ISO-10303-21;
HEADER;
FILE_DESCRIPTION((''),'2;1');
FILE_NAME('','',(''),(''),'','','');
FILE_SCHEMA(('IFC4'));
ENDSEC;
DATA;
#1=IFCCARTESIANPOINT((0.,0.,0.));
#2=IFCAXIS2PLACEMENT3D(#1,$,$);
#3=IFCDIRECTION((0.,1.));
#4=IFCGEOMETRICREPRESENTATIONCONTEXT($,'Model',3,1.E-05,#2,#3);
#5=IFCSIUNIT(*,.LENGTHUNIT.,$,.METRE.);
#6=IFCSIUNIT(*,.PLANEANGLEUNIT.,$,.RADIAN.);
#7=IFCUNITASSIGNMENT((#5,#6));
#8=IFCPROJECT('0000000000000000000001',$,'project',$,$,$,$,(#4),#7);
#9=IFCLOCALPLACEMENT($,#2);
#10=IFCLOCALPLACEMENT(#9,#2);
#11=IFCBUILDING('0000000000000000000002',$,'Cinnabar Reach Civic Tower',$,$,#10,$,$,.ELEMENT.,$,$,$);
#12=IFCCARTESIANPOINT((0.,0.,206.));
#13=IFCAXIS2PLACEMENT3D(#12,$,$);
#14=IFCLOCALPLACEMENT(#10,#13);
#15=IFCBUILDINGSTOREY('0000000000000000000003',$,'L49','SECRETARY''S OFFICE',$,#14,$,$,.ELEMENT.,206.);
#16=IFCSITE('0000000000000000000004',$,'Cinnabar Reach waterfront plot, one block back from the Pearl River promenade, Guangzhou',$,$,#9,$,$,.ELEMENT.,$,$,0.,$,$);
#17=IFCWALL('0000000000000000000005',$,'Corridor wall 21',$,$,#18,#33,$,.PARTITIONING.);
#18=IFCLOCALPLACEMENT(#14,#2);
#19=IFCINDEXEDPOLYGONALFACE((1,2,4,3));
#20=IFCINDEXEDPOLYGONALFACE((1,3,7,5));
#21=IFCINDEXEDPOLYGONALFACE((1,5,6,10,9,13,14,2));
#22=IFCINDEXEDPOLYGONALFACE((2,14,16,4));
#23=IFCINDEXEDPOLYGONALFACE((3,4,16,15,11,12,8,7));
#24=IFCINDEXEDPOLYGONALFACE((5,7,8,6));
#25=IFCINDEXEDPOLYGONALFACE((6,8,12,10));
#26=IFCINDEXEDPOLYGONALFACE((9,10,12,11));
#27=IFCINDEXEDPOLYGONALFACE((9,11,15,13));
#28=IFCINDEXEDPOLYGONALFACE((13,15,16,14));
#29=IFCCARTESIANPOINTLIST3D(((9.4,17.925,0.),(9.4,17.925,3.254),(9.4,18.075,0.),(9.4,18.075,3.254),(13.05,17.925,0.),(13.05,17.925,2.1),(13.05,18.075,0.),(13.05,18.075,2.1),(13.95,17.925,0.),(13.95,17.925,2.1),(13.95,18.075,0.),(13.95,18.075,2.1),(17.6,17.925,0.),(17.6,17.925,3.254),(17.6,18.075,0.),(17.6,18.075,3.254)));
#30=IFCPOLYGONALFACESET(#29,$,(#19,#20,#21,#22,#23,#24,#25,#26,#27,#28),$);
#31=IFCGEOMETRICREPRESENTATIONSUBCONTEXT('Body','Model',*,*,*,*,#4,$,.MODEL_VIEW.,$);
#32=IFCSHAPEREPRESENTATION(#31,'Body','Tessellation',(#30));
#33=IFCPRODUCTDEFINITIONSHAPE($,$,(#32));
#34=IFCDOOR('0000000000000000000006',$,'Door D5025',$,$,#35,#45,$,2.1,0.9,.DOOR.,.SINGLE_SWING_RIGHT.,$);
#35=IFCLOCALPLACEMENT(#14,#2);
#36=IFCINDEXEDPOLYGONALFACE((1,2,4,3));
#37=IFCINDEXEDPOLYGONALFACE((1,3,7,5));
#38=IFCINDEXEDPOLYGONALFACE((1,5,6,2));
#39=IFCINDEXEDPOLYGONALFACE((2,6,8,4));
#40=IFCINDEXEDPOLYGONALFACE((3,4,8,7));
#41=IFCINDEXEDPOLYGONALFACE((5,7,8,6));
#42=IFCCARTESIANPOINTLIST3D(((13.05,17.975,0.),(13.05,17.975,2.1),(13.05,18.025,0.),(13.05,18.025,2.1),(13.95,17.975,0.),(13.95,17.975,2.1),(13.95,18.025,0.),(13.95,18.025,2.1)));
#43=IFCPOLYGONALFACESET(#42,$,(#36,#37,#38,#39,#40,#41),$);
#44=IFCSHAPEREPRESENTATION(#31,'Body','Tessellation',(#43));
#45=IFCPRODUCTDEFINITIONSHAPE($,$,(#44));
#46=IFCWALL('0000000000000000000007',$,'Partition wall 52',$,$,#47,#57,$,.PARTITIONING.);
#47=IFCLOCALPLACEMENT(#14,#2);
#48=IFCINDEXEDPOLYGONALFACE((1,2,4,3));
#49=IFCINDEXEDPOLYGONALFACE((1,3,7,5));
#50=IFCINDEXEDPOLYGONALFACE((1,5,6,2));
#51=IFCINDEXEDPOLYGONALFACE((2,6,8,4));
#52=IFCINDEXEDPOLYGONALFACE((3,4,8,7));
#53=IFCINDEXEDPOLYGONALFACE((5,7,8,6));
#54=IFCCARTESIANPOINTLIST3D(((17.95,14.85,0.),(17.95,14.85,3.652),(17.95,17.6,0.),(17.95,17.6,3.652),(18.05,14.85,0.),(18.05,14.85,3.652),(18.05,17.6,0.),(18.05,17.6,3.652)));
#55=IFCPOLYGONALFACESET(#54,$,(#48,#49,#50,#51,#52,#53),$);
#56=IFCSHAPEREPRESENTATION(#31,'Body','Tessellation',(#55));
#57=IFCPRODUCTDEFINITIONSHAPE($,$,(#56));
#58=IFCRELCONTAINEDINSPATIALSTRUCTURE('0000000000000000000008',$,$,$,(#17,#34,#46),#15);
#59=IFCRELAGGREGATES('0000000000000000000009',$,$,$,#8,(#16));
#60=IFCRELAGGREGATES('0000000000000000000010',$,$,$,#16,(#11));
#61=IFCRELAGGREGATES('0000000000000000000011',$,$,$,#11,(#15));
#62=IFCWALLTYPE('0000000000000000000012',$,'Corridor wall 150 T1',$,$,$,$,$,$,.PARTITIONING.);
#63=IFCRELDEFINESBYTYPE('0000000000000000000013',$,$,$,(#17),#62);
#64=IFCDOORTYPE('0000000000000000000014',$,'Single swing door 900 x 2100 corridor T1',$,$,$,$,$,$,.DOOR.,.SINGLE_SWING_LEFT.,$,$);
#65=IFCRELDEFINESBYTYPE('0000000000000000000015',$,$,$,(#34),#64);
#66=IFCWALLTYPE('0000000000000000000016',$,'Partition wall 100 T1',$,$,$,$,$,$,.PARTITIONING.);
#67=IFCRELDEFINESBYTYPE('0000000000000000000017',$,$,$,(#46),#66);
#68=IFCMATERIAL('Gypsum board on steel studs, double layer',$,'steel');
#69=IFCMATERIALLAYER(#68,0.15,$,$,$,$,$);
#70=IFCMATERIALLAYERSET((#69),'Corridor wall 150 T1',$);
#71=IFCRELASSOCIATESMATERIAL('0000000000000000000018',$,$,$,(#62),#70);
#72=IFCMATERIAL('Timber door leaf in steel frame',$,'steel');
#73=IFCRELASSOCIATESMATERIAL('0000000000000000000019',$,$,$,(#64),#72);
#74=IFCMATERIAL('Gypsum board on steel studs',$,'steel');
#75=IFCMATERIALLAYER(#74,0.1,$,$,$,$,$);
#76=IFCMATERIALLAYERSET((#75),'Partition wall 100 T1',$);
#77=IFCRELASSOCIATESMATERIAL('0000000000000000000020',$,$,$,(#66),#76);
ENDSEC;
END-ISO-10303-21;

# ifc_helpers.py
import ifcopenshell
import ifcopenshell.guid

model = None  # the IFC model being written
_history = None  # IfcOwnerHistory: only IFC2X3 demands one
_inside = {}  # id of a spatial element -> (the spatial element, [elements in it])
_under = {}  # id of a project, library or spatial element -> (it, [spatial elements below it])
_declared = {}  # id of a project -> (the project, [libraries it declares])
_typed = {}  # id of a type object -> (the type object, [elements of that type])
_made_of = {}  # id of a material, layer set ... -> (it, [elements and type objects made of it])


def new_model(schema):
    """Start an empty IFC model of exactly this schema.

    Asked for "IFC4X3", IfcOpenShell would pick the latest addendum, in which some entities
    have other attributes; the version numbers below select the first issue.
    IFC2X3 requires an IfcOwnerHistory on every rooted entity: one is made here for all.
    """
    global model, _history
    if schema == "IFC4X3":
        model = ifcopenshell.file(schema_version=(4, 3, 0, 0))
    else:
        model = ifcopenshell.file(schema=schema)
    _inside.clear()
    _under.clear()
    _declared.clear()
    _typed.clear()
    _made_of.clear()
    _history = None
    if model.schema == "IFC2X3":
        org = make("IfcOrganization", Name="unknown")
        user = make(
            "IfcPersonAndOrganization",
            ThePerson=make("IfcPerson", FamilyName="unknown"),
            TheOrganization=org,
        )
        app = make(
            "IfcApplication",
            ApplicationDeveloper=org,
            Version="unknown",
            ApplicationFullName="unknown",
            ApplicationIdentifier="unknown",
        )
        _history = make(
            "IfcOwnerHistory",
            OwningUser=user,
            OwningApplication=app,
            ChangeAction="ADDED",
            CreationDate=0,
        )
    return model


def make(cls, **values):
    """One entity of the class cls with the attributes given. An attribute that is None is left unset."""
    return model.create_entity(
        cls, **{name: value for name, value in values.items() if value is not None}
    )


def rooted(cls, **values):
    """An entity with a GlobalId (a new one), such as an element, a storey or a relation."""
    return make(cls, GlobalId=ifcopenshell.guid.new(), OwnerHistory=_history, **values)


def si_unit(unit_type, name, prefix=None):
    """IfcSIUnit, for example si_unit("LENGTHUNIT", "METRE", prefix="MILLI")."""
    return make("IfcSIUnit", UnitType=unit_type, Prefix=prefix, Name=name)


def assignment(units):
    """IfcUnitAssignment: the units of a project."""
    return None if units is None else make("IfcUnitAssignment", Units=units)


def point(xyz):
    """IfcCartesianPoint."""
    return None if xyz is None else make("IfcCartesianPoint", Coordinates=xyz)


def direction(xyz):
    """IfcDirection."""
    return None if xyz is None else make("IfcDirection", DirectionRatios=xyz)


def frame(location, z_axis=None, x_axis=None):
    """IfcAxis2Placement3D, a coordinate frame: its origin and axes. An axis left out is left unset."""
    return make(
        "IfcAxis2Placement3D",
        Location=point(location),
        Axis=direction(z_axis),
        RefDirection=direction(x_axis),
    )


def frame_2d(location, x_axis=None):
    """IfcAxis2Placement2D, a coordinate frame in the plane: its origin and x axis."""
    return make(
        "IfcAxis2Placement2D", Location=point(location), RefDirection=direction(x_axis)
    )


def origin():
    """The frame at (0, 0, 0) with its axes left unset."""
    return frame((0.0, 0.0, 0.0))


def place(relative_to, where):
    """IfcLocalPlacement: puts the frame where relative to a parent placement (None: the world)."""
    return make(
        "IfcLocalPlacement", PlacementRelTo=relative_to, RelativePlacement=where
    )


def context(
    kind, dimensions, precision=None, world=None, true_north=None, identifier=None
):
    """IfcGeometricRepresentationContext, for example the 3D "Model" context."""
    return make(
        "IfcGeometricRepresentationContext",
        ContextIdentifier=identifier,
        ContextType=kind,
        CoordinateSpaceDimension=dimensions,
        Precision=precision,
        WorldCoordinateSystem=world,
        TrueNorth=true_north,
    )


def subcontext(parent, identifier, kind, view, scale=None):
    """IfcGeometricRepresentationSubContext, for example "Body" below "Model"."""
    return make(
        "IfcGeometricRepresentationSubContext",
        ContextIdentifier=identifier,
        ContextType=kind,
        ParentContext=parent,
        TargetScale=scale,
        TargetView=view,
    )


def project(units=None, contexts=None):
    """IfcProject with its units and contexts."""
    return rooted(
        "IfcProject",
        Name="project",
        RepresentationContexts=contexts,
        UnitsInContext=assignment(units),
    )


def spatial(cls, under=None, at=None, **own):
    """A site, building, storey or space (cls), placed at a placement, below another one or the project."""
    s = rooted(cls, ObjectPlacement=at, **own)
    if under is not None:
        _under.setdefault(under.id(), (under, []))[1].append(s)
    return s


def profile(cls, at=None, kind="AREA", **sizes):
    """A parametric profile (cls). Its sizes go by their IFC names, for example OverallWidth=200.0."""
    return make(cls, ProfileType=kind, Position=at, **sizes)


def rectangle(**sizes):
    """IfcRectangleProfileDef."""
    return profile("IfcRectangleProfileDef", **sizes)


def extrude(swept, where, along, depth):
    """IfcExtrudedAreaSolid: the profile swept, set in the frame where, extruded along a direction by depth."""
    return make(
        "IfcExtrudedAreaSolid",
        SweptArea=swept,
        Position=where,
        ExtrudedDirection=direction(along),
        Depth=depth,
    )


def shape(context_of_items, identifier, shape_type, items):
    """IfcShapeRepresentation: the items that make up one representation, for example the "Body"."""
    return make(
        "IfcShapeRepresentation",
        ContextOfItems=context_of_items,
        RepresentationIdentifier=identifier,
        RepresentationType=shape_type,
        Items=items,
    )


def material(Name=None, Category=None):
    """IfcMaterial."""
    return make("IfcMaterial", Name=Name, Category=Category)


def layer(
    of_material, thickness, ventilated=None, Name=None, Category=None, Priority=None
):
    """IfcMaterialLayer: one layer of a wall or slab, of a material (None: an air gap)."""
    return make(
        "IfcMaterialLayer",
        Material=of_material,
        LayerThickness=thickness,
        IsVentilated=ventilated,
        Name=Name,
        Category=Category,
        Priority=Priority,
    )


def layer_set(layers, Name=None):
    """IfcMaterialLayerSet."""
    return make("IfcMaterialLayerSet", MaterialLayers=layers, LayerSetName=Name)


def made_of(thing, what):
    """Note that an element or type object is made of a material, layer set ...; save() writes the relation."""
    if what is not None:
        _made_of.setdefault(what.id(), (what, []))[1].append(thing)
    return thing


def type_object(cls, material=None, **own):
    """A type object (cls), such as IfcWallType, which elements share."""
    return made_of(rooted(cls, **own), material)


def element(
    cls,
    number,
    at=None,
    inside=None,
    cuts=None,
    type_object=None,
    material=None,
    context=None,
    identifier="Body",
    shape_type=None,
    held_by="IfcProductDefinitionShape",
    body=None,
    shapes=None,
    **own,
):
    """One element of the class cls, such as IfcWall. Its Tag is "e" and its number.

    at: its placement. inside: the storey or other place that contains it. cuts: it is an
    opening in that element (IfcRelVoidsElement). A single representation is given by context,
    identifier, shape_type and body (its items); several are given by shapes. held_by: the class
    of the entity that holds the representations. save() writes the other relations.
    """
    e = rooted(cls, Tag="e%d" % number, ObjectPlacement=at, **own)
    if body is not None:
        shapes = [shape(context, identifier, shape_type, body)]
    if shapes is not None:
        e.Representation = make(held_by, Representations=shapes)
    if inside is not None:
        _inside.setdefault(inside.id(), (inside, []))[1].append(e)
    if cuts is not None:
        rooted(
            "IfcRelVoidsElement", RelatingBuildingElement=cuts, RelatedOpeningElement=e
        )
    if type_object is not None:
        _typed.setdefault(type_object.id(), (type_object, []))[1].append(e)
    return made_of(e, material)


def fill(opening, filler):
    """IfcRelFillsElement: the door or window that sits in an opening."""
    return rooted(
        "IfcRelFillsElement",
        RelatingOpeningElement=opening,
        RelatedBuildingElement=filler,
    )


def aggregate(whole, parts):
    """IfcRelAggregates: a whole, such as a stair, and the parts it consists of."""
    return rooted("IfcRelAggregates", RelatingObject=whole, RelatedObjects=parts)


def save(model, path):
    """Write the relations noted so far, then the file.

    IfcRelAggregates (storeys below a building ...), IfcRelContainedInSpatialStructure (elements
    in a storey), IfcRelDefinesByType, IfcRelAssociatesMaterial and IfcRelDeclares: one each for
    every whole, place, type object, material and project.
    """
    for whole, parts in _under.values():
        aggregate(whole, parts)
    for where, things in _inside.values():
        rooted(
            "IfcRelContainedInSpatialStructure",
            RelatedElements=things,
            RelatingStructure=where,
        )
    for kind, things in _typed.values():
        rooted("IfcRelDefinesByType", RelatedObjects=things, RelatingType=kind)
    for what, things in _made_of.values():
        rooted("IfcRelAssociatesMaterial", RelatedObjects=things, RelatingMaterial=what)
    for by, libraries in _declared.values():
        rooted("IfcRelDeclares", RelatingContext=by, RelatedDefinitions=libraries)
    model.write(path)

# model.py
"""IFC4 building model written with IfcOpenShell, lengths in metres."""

from ifc_helpers import new_model, si_unit, direction, frame, frame_2d, origin, place, context, subcontext, project, spatial, rectangle, extrude, material, layer, layer_set, type_object, element, fill, save


model = new_model("IFC4")

# Units and contexts
model_context = context("Model", 3, precision=1e-05, world=origin(), true_north=direction((0.0, 1.0)))
body_context = subcontext(model_context, "Body", "Model", "MODEL_VIEW")
ifc_project = project(units=[si_unit("LENGTHUNIT", "METRE"), si_unit("PLANEANGLEUNIT", "RADIAN")], contexts=[model_context])

# Site, building, storey
site_placement = place(None, origin())
site = spatial("IfcSite", under=ifc_project, at=site_placement, Name="Cinnabar Reach waterfront plot, one block back from the Pearl River promenade, Guangzhou", CompositionType="ELEMENT", RefElevation=0.0)
building_placement = place(site_placement, origin())
building = spatial("IfcBuilding", under=site, at=building_placement, Name="Cinnabar Reach Civic Tower", CompositionType="ELEMENT")
storey_placement = place(building_placement, frame((0.0, 0.0, 206.0)))
storey = spatial("IfcBuildingStorey", under=building, at=storey_placement, Name="L49", Description="SECRETARY'S OFFICE", CompositionType="ELEMENT", Elevation=206.0)

# Wall, opening, door
ifc_material_1 = material(Name="Gypsum board on steel studs, double layer", Category="steel")
ifc_layer_1 = layer(ifc_material_1, 0.15)
ifc_layer_set_1 = layer_set([ifc_layer_1], Name="Corridor wall 150 T1")
wall_type_1 = type_object("IfcWallType", Name="Corridor wall 150 T1", PredefinedType="PARTITIONING", material=ifc_layer_set_1)
wall_1_placement = place(storey_placement, frame((9.4, 18.0, 0.0), z_axis=(0.0, 0.0, 1.0), x_axis=(1.0, 0.0, 0.0)))
wall_1 = element("IfcWall", 1, at=wall_1_placement, inside=storey, type_object=wall_type_1, Name="Corridor wall 21", PredefinedType="PARTITIONING", context=body_context, shape_type="SweptSolid", body=[
    extrude(rectangle(XDim=8.2, YDim=0.15, at=frame_2d((4.1, 0.0))), origin(), (0.0, 0.0, 1.0), 3.254),
])
opening_1_placement = place(wall_1_placement, frame((3.65, 0.0, 0.0)))
opening_1 = element("IfcOpeningElement", 2, at=opening_1_placement, cuts=wall_1, PredefinedType="OPENING", context=body_context, shape_type="SweptSolid", body=[
    extrude(rectangle(XDim=0.9, YDim=2.1, at=frame_2d((0.45, 1.05))), frame((0.0, 0.085, 0.0), z_axis=(0.0, -1.0, 0.0), x_axis=(1.0, 0.0, 0.0)), (0.0, 0.0, 1.0), 0.17),
])
ifc_material_2 = material(Name="Timber door leaf in steel frame", Category="steel")
door_type = type_object("IfcDoorType", Name="Single swing door 900 x 2100 corridor T1", OperationType="SINGLE_SWING_LEFT", PredefinedType="DOOR", material=ifc_material_2)
door_placement = place(opening_1_placement, frame((0.9, 0.0, 0.0), z_axis=(0.0, 0.0, 1.0), x_axis=(-1.0, 0.0, 0.0)))
door = element("IfcDoor", 3, at=door_placement, inside=storey, type_object=door_type, Name="Door D5025", OperationType="SINGLE_SWING_RIGHT", OverallHeight=2.1, OverallWidth=0.9, PredefinedType="DOOR", context=body_context, shape_type="SweptSolid", body=[
    extrude(rectangle(XDim=0.9, YDim=2.1, at=frame_2d((0.45, 1.05))), frame((0.0, 0.025, 0.0), z_axis=(0.0, -1.0, 0.0), x_axis=(1.0, 0.0, 0.0)), (0.0, 0.0, 1.0), 0.05),
])
fill(opening_1, door)

# Wall
ifc_material_3 = material(Name="Gypsum board on steel studs", Category="steel")
ifc_layer_2 = layer(ifc_material_3, 0.1)
ifc_layer_set_2 = layer_set([ifc_layer_2], Name="Partition wall 100 T1")
wall_type_2 = type_object("IfcWallType", Name="Partition wall 100 T1", PredefinedType="PARTITIONING", material=ifc_layer_set_2)
wall_2_placement = place(storey_placement, frame((18.0, 14.85, 0.0), z_axis=(0.0, 0.0, 1.0), x_axis=(0.0, 1.0, 0.0)))
element("IfcWall", 4, at=wall_2_placement, inside=storey, type_object=wall_type_2, Name="Partition wall 52", PredefinedType="PARTITIONING", context=body_context, shape_type="SweptSolid", body=[
    extrude(rectangle(XDim=2.75, YDim=0.1, at=frame_2d((1.375, 0.0))), origin(), (0.0, 0.0, 1.0), 3.652),
])

save(model, "model.ifc")
